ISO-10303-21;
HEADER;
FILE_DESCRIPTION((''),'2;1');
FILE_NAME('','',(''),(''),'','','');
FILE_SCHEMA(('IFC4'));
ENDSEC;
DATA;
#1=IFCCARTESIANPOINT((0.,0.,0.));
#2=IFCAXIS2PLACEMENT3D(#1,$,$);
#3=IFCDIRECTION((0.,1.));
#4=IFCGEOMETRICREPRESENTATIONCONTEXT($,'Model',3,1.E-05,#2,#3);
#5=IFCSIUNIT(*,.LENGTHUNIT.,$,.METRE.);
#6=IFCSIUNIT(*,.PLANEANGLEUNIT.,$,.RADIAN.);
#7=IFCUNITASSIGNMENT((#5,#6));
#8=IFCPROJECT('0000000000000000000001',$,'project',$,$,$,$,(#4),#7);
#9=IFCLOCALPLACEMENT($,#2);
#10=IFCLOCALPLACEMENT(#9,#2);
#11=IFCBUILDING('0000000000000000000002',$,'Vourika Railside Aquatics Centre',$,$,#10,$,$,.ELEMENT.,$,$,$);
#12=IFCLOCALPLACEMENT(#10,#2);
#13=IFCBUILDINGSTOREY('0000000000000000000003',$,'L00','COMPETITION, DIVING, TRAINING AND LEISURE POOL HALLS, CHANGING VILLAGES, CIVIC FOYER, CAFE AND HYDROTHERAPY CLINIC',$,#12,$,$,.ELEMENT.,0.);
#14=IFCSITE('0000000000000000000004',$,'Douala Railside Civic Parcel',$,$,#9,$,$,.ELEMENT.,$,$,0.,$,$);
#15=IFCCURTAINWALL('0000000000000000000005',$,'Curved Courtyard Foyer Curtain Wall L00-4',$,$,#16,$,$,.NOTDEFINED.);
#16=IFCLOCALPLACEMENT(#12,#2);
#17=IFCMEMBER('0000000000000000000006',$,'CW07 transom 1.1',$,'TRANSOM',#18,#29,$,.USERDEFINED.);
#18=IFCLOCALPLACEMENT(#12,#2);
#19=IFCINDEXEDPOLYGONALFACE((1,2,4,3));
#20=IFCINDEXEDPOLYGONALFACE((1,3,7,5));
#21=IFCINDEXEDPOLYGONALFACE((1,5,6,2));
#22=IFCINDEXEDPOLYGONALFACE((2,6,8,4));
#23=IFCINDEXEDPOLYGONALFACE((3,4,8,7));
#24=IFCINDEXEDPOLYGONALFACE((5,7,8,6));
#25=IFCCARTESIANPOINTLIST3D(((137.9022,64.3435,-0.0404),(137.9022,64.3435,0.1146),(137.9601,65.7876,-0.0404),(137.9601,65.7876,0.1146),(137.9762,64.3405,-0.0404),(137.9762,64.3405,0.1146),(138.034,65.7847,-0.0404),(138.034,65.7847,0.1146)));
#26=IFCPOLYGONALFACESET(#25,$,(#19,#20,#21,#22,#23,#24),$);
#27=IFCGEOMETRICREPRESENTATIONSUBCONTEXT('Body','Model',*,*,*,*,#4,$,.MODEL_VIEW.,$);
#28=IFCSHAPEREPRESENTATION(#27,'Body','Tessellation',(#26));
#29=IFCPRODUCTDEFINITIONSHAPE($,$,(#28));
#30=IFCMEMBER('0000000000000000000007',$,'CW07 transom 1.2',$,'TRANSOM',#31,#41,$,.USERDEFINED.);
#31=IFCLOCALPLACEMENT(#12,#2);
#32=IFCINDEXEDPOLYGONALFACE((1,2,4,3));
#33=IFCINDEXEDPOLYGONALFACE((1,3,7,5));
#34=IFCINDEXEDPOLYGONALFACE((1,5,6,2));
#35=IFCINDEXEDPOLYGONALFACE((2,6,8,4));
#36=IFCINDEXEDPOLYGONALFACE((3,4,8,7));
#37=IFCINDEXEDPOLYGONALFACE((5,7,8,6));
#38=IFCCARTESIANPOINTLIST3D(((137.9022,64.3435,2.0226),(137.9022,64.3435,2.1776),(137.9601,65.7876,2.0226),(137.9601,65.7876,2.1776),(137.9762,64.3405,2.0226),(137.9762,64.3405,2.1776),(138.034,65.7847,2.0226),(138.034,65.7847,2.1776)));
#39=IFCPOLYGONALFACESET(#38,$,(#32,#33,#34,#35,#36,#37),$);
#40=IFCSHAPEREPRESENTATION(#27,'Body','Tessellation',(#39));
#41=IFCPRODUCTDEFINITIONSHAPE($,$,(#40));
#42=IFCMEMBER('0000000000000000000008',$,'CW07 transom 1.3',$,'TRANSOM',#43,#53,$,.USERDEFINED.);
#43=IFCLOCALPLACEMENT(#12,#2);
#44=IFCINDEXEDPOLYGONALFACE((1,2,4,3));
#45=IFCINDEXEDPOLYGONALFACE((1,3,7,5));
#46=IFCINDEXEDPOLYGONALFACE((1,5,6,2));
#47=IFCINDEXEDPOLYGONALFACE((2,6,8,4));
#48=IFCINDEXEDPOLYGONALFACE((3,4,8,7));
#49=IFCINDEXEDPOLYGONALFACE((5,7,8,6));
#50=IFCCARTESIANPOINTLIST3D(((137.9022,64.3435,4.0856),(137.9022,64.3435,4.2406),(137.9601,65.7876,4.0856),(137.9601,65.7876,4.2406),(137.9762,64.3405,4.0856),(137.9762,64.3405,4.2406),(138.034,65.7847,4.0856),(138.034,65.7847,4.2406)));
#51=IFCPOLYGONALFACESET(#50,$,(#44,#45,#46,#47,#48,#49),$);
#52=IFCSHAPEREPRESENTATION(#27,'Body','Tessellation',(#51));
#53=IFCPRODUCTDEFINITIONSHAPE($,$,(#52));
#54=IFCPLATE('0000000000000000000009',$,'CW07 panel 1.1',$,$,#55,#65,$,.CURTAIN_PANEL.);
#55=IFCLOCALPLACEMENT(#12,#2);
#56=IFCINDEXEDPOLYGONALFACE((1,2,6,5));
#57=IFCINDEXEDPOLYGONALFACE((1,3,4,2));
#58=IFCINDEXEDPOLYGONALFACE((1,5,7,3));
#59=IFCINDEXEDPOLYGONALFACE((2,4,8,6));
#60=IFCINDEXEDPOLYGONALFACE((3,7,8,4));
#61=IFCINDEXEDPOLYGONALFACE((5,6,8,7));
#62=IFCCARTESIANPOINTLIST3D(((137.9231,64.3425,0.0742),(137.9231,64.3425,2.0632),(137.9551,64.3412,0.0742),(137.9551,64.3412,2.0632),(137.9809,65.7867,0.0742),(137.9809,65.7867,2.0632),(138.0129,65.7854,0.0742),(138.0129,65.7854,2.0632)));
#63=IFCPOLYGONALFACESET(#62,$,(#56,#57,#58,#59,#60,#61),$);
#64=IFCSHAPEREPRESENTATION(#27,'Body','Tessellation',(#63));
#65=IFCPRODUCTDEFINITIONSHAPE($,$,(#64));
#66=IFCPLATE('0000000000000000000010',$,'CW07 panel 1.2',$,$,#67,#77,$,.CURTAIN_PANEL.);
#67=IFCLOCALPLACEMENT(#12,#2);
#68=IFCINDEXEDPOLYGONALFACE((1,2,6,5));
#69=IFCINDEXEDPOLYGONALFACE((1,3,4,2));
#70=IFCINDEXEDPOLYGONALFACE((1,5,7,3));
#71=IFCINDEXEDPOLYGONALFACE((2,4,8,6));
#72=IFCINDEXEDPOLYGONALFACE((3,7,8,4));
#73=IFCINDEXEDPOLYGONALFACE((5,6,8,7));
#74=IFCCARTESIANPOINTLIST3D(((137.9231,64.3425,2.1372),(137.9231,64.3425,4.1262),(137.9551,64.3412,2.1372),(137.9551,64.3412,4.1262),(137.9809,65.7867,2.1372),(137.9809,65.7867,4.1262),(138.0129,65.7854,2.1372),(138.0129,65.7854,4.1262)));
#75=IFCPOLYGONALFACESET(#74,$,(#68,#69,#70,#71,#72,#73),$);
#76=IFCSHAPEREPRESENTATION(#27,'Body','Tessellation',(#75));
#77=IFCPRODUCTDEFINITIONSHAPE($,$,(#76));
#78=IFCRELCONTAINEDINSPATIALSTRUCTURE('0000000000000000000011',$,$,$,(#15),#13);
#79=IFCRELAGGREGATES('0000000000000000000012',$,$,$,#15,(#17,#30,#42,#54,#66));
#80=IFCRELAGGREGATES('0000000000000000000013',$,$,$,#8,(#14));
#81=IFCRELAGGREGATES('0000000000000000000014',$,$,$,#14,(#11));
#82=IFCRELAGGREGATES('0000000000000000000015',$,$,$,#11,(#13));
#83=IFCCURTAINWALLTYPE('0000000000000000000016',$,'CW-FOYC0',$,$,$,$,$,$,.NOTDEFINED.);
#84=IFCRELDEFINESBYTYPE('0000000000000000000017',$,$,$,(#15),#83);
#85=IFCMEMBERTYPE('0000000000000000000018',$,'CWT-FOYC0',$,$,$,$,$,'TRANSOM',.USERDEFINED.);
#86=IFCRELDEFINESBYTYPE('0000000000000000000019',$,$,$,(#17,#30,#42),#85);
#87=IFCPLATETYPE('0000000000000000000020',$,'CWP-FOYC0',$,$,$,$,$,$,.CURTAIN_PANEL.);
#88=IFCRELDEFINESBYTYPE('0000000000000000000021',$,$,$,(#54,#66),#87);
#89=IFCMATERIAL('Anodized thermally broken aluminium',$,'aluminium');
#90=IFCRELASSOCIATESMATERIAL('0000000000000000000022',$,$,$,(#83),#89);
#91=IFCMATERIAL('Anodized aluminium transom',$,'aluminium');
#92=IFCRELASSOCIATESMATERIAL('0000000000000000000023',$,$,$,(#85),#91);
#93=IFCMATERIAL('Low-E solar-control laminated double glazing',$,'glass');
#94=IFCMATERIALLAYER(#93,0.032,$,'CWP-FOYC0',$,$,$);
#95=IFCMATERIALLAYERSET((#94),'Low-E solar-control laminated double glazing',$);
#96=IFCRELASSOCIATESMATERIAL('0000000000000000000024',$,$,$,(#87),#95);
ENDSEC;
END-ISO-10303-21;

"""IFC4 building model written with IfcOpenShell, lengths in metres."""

from ifc_helpers import new_model, si_unit, direction, frame, origin, origin_2d, place, context, subcontext, project, spatial, rectangle, extrude, material, layer, layer_set, material_profile, profile_set, type_object, element, aggregate, save


model = new_model("IFC4")

# Units and contexts
model_context = context("Model", 3, precision=1e-05, world=origin(), true_north=direction((0.0, 1.0)))
body_context = subcontext(model_context, "Body", "Model", "MODEL_VIEW")
ifc_project = project(units=[si_unit("LENGTHUNIT", "METRE"), si_unit("PLANEANGLEUNIT", "RADIAN")], contexts=[model_context])

# Site, building, storey
site_placement = place(None, origin())
site = spatial("IfcSite", under=ifc_project, at=site_placement, Name="Douala Railside Civic Parcel", CompositionType="ELEMENT", RefElevation=0.0)
building_placement = place(site_placement, origin())
building = spatial("IfcBuilding", under=site, at=building_placement, Name="Vourika Railside Aquatics Centre", CompositionType="ELEMENT")
storey_placement = place(building_placement, origin())
storey = spatial("IfcBuildingStorey", under=building, at=storey_placement, Name="L00", Description="COMPETITION, DIVING, TRAINING AND LEISURE POOL HALLS, CHANGING VILLAGES, CIVIC FOYER, CAFE AND HYDROTHERAPY CLINIC", CompositionType="ELEMENT", Elevation=0.0)

# Curtain wall, members, plates
ifc_material_1 = material(Name="Anodized thermally broken aluminium", Category="aluminium")
curtain_wall_type = type_object("IfcCurtainWallType", Name="CW-FOYC0", PredefinedType="NOTDEFINED", material=ifc_material_1)
curtain_wall_placement = place(storey_placement, origin())
curtain_wall = element("IfcCurtainWall", 1, at=curtain_wall_placement, inside=storey, type_object=curtain_wall_type, Name="Curved Courtyard Foyer Curtain Wall L00-4", PredefinedType="NOTDEFINED")
ifc_material_2 = material(Name="Anodized aluminium transom", Category="aluminium")
ifc_material_profile_1 = material_profile(ifc_material_2, rectangle(XDim=0.074, YDim=0.155, at=origin_2d()), Name="ALU-T 74x155")
ifc_profile_set_1 = profile_set([ifc_material_profile_1], Name="Anodized aluminium transom")
member_type_1 = type_object("IfcMemberType", Name="CWT-FOYC0", ElementType="TRANSOM", PredefinedType="USERDEFINED", material=ifc_profile_set_1)
member_1_placement = place(storey_placement, frame((137.9971, 65.7861, 0.0371), z_axis=(-0.040036, -0.999198, 0.0), x_axis=(0.999198, -0.040036, 0.0)))
member_1 = element("IfcMember", 2, at=member_1_placement, type_object=member_type_1, Name="CW07 transom 1.1", ObjectType="TRANSOM", PredefinedType="USERDEFINED", context=body_context, shape_type="SweptSolid", body=[
    extrude(rectangle(XDim=0.074, YDim=0.155, at=origin_2d()), origin(), (0.0, 0.0, 1.0), 1.4453),
])
member_2_placement = place(storey_placement, frame((137.9971, 65.7861, 2.1001), z_axis=(-0.040036, -0.999198, 0.0), x_axis=(0.999198, -0.040036, 0.0)))
member_2 = element("IfcMember", 3, at=member_2_placement, type_object=member_type_1, Name="CW07 transom 1.2", ObjectType="TRANSOM", PredefinedType="USERDEFINED", context=body_context, shape_type="SweptSolid", body=[
    extrude(rectangle(XDim=0.074, YDim=0.155, at=origin_2d()), origin(), (0.0, 0.0, 1.0), 1.4453),
])
member_3_placement = place(storey_placement, frame((137.9971, 65.7861, 4.1631), z_axis=(-0.040036, -0.999198, 0.0), x_axis=(0.999198, -0.040036, 0.0)))
member_3 = element("IfcMember", 4, at=member_3_placement, type_object=member_type_1, Name="CW07 transom 1.3", ObjectType="TRANSOM", PredefinedType="USERDEFINED", context=body_context, shape_type="SweptSolid", body=[
    extrude(rectangle(XDim=0.074, YDim=0.155, at=origin_2d()), origin(), (0.0, 0.0, 1.0), 1.4453),
])
ifc_material_3 = material(Name="Low-E solar-control laminated double glazing", Category="glass")
ifc_layer = layer(ifc_material_3, 0.032, Name="CWP-FOYC0")
ifc_layer_set = layer_set([ifc_layer], Name="Low-E solar-control laminated double glazing")
plate_type = type_object("IfcPlateType", Name="CWP-FOYC0", PredefinedType="CURTAIN_PANEL", material=ifc_layer_set)
plate_1_placement = place(storey_placement, frame((137.968, 65.064, 0.0742), z_axis=(0.0, 0.0, 1.0), x_axis=(-0.04, -0.9992, 0.0)))
plate_1 = element("IfcPlate", 5, at=plate_1_placement, type_object=plate_type, Name="CW07 panel 1.1", PredefinedType="CURTAIN_PANEL", context=body_context, shape_type="SweptSolid", body=[
    extrude(rectangle(XDim=1.4453, YDim=0.032, at=origin_2d()), origin(), (0.0, 0.0, 1.0), 1.989),
])
plate_2_placement = place(storey_placement, frame((137.968, 65.064, 2.1372), z_axis=(0.0, 0.0, 1.0), x_axis=(-0.04, -0.9992, 0.0)))
plate_2 = element("IfcPlate", 6, at=plate_2_placement, type_object=plate_type, Name="CW07 panel 1.2", PredefinedType="CURTAIN_PANEL", context=body_context, shape_type="SweptSolid", body=[
    extrude(rectangle(XDim=1.4453, YDim=0.032, at=origin_2d()), origin(), (0.0, 0.0, 1.0), 1.989),
])
aggregate(curtain_wall, [member_1, member_2, member_3, plate_1, plate_2])

save(model, "model.ifc")
